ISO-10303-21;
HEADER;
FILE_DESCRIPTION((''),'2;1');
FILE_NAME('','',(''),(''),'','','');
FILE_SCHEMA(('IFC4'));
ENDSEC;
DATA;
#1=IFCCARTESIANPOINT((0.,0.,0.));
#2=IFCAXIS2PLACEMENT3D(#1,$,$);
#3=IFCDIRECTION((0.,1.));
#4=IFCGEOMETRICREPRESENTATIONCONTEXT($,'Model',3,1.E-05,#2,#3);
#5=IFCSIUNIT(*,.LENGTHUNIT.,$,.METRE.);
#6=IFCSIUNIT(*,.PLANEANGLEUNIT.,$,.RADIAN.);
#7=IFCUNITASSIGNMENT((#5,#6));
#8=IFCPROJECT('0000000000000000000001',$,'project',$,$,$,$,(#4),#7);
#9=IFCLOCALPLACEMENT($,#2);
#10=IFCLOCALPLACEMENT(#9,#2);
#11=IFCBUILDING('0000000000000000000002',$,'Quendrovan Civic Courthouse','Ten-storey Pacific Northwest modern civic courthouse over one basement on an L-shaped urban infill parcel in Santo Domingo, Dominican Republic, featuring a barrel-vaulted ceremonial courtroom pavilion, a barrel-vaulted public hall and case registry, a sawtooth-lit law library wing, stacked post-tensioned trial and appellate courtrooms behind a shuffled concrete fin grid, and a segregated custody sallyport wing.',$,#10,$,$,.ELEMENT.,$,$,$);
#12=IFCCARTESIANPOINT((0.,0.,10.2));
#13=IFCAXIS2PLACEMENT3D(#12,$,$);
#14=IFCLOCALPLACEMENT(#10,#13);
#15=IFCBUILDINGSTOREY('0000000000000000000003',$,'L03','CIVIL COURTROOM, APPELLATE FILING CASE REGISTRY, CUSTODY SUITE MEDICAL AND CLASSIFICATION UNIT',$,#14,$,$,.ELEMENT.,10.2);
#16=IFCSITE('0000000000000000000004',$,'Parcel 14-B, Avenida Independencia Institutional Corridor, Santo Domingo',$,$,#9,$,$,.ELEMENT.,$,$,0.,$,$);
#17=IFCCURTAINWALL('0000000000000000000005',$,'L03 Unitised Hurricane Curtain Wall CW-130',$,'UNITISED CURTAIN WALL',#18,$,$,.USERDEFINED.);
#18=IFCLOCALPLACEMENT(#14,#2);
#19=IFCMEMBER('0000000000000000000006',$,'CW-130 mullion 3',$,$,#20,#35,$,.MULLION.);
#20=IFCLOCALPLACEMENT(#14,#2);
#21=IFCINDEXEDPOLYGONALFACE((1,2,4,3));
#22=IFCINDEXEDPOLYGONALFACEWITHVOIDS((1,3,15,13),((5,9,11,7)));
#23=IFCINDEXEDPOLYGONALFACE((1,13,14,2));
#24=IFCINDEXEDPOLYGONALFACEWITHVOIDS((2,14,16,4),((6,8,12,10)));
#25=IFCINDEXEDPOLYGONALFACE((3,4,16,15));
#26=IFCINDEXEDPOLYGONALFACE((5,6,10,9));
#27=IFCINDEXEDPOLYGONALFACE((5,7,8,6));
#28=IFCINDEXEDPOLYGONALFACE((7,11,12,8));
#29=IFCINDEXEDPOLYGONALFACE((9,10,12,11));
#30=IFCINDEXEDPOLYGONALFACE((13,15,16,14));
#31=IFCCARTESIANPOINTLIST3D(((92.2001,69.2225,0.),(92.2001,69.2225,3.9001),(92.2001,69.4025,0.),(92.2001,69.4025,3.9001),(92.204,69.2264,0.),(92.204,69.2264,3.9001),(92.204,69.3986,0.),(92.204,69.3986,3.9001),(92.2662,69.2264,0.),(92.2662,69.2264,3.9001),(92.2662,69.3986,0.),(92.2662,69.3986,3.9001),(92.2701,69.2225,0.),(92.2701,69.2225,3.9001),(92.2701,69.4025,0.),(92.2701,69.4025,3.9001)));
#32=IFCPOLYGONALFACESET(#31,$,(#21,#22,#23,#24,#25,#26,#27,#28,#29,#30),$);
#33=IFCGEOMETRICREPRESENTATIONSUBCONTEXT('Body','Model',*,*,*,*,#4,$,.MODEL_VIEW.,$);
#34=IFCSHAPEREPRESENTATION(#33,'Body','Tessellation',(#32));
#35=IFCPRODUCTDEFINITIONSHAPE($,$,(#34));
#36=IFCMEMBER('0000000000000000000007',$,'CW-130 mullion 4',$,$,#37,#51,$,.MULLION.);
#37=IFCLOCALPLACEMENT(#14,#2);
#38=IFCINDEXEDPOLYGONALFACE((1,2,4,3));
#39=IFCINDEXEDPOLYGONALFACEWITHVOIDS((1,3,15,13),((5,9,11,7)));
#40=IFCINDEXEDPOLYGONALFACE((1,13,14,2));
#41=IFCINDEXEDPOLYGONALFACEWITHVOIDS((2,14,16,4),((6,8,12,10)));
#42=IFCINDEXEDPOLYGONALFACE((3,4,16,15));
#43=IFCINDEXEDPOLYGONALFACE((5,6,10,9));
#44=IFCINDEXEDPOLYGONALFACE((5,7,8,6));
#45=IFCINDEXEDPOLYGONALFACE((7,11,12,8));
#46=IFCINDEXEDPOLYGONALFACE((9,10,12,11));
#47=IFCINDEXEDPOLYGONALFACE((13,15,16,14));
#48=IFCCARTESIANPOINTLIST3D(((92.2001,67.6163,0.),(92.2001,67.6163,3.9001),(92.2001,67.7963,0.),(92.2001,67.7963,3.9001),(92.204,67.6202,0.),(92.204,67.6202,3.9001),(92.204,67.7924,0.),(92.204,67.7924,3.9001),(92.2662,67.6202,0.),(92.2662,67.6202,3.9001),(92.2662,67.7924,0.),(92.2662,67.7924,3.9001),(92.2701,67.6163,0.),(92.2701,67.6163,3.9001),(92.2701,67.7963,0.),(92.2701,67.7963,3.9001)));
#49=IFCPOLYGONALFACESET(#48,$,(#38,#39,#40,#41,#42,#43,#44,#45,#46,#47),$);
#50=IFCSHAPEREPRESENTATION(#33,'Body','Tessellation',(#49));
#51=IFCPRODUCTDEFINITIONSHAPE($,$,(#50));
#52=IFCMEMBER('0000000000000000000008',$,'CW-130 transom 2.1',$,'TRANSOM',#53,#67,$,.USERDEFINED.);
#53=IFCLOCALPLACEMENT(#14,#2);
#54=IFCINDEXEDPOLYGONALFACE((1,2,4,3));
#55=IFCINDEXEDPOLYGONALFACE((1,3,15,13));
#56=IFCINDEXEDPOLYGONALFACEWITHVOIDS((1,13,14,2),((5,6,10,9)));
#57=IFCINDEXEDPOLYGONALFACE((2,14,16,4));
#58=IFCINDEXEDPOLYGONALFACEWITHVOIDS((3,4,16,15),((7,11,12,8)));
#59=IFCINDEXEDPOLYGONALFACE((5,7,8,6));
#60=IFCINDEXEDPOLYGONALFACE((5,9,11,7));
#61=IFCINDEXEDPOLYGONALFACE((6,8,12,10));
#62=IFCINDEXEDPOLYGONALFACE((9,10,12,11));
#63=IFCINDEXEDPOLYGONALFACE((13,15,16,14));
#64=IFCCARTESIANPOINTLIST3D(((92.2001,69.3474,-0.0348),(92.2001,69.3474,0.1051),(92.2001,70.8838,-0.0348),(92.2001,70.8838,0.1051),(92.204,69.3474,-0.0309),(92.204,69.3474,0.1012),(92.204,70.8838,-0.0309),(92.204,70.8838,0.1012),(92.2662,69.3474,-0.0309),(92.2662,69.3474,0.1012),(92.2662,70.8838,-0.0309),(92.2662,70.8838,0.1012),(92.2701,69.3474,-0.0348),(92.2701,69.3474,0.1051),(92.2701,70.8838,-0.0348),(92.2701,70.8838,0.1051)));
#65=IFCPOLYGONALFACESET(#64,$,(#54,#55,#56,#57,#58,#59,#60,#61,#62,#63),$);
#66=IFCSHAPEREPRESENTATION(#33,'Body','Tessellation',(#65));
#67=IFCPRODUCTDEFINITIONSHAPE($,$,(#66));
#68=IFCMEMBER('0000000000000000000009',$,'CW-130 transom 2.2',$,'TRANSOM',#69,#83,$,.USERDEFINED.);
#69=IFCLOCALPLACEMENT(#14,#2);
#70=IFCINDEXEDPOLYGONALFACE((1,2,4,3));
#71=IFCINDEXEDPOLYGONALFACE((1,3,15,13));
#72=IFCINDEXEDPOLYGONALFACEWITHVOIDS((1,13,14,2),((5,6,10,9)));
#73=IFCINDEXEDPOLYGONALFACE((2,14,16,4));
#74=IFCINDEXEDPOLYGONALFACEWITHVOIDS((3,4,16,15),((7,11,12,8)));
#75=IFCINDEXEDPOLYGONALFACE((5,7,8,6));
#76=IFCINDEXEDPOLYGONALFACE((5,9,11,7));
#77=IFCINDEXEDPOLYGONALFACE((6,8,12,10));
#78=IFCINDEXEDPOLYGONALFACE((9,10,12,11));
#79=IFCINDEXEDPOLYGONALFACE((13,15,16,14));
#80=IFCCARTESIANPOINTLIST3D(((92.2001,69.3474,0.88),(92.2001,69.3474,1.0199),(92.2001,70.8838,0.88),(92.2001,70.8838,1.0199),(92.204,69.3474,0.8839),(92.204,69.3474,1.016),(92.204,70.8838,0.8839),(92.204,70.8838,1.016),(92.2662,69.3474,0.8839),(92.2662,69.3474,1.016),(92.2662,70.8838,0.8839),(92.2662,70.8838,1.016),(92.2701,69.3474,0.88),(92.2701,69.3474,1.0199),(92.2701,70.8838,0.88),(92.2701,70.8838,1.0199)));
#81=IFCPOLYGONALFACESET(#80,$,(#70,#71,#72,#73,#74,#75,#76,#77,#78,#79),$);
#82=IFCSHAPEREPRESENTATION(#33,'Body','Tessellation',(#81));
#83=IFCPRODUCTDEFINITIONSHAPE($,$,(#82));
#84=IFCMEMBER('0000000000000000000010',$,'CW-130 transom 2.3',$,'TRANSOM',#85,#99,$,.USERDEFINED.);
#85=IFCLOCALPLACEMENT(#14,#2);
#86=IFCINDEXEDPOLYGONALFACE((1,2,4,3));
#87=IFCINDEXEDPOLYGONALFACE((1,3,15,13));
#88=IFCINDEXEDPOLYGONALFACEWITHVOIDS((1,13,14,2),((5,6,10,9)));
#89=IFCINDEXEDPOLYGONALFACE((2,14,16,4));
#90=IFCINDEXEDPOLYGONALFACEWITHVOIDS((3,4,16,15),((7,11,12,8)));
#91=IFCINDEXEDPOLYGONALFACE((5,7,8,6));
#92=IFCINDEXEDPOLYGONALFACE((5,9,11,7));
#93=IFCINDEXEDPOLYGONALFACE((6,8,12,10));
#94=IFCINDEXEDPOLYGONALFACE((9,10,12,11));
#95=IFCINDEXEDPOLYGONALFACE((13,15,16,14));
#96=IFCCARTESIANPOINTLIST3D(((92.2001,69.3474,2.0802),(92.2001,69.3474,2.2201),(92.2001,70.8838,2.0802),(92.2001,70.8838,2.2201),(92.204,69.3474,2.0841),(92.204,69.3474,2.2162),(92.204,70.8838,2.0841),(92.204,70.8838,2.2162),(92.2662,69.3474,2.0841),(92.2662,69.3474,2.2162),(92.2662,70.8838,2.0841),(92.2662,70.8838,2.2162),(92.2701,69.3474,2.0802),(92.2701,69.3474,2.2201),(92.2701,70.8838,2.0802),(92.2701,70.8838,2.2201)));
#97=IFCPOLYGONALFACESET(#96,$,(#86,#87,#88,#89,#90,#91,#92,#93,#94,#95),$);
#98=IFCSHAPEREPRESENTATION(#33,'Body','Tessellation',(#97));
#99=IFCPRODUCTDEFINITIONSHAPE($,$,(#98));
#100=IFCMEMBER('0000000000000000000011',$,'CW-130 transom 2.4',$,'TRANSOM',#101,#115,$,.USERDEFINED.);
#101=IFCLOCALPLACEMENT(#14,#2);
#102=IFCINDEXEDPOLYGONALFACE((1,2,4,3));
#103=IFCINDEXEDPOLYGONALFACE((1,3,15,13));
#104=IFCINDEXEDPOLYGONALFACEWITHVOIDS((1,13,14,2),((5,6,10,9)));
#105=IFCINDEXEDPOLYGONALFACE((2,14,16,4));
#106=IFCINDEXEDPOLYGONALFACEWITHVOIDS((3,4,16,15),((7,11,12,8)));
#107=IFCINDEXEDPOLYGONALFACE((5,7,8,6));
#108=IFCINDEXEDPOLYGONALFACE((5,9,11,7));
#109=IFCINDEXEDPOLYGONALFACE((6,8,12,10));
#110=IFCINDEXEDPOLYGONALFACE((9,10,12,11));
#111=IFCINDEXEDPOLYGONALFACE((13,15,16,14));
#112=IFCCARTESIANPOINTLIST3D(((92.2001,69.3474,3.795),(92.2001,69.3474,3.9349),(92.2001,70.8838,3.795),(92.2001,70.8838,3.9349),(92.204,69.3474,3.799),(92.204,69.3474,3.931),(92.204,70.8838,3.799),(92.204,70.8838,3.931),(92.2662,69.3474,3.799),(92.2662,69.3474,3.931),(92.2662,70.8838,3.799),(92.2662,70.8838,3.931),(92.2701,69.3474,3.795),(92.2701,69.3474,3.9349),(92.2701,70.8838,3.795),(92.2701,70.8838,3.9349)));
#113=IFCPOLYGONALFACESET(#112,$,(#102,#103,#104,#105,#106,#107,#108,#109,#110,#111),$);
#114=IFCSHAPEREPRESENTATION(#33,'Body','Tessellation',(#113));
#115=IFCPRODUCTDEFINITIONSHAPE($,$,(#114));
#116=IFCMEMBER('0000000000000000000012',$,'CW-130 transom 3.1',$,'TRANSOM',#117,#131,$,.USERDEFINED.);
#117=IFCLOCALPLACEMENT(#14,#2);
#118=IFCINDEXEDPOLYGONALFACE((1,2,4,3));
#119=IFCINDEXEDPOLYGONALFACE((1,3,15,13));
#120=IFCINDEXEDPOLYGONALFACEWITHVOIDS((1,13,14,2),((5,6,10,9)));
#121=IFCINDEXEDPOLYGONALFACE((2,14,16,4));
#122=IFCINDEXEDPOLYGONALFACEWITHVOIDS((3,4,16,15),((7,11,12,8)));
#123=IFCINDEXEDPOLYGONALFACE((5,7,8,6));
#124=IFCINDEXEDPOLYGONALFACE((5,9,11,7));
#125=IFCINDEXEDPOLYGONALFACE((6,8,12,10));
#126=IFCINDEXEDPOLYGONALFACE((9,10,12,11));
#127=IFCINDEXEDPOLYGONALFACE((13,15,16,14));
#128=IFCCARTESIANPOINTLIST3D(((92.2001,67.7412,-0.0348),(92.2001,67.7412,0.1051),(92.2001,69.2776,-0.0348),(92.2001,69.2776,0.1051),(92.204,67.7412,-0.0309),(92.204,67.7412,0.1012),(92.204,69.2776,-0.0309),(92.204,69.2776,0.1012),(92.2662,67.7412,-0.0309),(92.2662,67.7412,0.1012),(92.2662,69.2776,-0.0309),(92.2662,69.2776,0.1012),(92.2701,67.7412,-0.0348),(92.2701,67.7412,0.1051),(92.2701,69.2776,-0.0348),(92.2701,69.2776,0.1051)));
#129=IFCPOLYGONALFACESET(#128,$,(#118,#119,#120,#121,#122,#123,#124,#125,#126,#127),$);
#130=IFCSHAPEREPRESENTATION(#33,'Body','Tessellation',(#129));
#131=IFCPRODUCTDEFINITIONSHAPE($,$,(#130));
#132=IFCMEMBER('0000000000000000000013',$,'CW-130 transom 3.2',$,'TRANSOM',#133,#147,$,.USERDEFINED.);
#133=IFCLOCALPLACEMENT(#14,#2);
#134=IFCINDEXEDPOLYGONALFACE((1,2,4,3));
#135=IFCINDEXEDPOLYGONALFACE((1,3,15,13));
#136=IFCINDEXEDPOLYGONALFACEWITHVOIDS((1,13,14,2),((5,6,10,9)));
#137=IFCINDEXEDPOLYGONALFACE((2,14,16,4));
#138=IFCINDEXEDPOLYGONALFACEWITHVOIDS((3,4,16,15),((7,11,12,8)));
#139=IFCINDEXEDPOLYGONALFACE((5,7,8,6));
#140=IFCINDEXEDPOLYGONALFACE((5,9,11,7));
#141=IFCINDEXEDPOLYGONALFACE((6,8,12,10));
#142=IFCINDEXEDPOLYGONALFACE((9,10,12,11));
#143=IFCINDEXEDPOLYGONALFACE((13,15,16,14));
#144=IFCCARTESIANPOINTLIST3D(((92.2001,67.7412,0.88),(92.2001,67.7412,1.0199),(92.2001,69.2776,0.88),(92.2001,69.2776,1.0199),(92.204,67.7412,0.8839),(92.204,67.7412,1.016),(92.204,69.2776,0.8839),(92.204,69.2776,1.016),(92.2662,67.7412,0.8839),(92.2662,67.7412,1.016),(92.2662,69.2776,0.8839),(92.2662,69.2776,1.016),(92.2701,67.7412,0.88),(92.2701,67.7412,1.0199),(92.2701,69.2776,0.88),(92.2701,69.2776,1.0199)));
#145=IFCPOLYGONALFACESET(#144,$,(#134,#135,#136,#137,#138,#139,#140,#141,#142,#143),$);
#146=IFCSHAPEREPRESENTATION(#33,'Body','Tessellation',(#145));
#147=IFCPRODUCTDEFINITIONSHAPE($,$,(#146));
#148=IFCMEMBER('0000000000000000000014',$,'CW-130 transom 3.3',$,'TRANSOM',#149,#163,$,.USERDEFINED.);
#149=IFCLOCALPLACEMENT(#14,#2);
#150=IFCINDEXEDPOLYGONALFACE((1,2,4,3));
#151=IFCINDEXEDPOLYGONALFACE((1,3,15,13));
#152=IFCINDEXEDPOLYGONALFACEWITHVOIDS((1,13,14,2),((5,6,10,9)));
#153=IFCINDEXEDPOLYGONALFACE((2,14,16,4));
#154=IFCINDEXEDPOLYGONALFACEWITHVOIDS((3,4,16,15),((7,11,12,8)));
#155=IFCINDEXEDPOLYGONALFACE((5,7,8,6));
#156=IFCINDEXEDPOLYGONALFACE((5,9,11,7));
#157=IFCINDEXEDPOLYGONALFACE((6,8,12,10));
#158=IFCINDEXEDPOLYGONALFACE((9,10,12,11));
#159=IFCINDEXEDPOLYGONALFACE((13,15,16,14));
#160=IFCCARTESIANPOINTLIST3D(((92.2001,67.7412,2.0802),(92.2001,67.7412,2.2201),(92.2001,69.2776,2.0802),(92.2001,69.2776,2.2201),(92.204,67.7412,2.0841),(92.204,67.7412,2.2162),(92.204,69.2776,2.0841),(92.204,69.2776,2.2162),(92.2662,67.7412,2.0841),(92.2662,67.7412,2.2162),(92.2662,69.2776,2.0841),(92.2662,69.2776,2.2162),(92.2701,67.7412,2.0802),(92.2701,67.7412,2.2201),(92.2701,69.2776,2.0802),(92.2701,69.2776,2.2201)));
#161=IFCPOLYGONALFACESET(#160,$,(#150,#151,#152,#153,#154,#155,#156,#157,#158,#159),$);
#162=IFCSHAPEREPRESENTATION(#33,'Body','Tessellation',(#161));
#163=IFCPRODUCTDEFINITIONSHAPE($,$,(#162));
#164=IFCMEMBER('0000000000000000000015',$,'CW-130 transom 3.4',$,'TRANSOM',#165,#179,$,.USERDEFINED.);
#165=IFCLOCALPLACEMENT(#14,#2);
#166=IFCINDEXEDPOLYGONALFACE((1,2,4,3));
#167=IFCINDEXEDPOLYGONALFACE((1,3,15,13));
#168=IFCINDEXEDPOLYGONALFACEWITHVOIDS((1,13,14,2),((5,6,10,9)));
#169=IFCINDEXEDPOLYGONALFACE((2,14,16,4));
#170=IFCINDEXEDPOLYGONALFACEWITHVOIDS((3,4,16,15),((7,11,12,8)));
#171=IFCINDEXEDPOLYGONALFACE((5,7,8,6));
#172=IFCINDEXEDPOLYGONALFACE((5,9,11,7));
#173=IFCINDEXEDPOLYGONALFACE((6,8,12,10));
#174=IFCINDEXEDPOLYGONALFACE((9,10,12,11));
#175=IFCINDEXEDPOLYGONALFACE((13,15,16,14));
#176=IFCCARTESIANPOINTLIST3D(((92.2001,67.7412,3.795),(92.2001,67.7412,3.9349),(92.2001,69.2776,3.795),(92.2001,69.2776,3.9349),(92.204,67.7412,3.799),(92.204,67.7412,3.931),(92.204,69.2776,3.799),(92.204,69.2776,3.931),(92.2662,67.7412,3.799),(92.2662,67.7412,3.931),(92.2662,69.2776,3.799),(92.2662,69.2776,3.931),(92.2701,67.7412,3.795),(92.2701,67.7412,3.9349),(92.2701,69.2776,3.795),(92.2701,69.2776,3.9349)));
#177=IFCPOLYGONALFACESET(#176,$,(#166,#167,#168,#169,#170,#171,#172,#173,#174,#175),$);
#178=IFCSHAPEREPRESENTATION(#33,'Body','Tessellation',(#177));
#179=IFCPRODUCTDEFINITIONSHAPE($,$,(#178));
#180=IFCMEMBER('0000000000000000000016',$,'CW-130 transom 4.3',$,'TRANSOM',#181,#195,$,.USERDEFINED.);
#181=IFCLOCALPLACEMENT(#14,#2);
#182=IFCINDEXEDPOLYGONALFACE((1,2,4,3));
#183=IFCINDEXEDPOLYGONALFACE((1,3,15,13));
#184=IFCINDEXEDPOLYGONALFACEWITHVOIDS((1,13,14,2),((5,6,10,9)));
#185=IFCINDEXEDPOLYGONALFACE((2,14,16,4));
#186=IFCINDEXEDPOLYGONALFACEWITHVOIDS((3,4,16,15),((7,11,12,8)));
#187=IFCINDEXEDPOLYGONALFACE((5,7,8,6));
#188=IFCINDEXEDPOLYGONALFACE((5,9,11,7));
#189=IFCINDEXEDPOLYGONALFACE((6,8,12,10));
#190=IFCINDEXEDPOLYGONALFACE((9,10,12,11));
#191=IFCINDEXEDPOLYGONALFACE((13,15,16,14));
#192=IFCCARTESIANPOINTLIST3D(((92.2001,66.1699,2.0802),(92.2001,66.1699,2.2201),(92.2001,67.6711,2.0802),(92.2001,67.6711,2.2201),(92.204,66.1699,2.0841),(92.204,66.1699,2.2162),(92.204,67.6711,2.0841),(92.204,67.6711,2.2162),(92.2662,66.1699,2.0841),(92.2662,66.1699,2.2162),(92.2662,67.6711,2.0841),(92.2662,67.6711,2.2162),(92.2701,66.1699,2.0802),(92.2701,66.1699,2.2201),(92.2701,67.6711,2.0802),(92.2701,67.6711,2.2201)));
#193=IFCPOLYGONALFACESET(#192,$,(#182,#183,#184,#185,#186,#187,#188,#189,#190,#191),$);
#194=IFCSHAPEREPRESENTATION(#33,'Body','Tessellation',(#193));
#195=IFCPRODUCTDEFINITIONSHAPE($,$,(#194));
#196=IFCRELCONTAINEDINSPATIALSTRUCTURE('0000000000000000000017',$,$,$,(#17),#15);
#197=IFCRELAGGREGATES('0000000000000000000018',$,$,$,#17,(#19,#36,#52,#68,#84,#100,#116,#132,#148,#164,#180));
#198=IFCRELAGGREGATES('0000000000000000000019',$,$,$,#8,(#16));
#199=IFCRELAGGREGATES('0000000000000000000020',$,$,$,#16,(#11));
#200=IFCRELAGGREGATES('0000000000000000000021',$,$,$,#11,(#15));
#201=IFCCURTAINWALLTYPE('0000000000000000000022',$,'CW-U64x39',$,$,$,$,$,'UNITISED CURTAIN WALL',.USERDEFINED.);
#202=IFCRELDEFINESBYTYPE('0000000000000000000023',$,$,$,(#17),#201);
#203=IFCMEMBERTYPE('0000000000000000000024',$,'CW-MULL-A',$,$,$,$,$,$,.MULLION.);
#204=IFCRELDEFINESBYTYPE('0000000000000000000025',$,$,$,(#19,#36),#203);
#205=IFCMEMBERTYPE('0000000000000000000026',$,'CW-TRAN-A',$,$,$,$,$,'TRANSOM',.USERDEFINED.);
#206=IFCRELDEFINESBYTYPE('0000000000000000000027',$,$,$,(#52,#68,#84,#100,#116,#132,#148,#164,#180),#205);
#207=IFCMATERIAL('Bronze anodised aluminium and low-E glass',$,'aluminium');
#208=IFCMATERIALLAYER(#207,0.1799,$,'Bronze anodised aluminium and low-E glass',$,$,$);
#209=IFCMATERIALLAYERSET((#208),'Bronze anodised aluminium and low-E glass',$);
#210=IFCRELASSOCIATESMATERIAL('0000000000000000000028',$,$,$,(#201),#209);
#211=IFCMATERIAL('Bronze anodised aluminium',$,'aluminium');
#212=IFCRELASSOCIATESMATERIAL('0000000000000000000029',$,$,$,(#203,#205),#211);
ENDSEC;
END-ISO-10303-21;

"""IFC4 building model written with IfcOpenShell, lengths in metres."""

from ifc_helpers import new_model, si_unit, direction, frame, origin, origin_2d, place, context, subcontext, project, spatial, hollow_rectangle, extrude, material, layer, layer_set, material_profile, profile_set, type_object, element, aggregate, save


model = new_model("IFC4")

# Units and contexts
model_context = context("Model", 3, precision=1e-05, world=origin(), true_north=direction((0.0, 1.0)))
body_context = subcontext(model_context, "Body", "Model", "MODEL_VIEW")
ifc_project = project(units=[si_unit("LENGTHUNIT", "METRE"), si_unit("PLANEANGLEUNIT", "RADIAN")], contexts=[model_context])

# Site, building, storey
site_placement = place(None, origin())
site = spatial("IfcSite", under=ifc_project, at=site_placement, Name="Parcel 14-B, Avenida Independencia Institutional Corridor, Santo Domingo", CompositionType="ELEMENT", RefElevation=0.0)
building_placement = place(site_placement, origin())
building = spatial("IfcBuilding", under=site, at=building_placement, Name="Quendrovan Civic Courthouse", Description="Ten-storey Pacific Northwest modern civic courthouse over one basement on an L-shaped urban infill parcel in Santo Domingo, Dominican Republic, featuring a barrel-vaulted ceremonial courtroom pavilion, a barrel-vaulted public hall and case registry, a sawtooth-lit law library wing, stacked post-tensioned trial and appellate courtrooms behind a shuffled concrete fin grid, and a segregated custody sallyport wing.", CompositionType="ELEMENT")
storey_placement = place(building_placement, frame((0.0, 0.0, 10.2)))
storey = spatial("IfcBuildingStorey", under=building, at=storey_placement, Name="L03", Description="CIVIL COURTROOM, APPELLATE FILING CASE REGISTRY, CUSTODY SUITE MEDICAL AND CLASSIFICATION UNIT", CompositionType="ELEMENT", Elevation=10.2)

# Curtain wall, members
ifc_material_1 = material(Name="Bronze anodised aluminium and low-E glass", Category="aluminium")
ifc_layer_1 = layer(ifc_material_1, 0.1799, Name="Bronze anodised aluminium and low-E glass")
ifc_layer_set_1 = layer_set([ifc_layer_1], Name="Bronze anodised aluminium and low-E glass")
curtain_wall_type = type_object("IfcCurtainWallType", Name="CW-U64x39", ElementType="UNITISED CURTAIN WALL", PredefinedType="USERDEFINED", material=ifc_layer_set_1)
curtain_wall_placement = place(storey_placement, origin())
curtain_wall = element("IfcCurtainWall", 1, at=curtain_wall_placement, inside=storey, type_object=curtain_wall_type, Name="L03 Unitised Hurricane Curtain Wall CW-130", ObjectType="UNITISED CURTAIN WALL", PredefinedType="USERDEFINED")
ifc_material_2 = material(Name="Bronze anodised aluminium", Category="aluminium")
ifc_material_profile_1 = material_profile(ifc_material_2, hollow_rectangle(XDim=0.0701, YDim=0.1799, WallThickness=0.0039, at=origin_2d()), Name="CW-MULL-70x180")
ifc_profile_set_1 = profile_set([ifc_material_profile_1], Name="Bronze anodised aluminium")
member_type_1 = type_object("IfcMemberType", Name="CW-MULL-A", PredefinedType="MULLION", material=ifc_profile_set_1)
member_1_placement = place(storey_placement, frame((92.2351, 69.3125, 0.0), z_axis=(0.0, 0.0, 1.0), x_axis=(1.0, 0.0, 0.0)))
member_1 = element("IfcMember", 2, at=member_1_placement, type_object=member_type_1, Name="CW-130 mullion 3", PredefinedType="MULLION", context=body_context, shape_type="SweptSolid", body=[
    extrude(hollow_rectangle(XDim=0.0701, YDim=0.1799, WallThickness=0.0039, at=origin_2d()), origin(), (0.0, 0.0, 1.0), 3.9001),
])
member_2_placement = place(storey_placement, frame((92.2351, 67.7063, 0.0), z_axis=(0.0, 0.0, 1.0), x_axis=(1.0, 0.0, 0.0)))
member_2 = element("IfcMember", 3, at=member_2_placement, type_object=member_type_1, Name="CW-130 mullion 4", PredefinedType="MULLION", context=body_context, shape_type="SweptSolid", body=[
    extrude(hollow_rectangle(XDim=0.0701, YDim=0.1799, WallThickness=0.0039, at=origin_2d()), origin(), (0.0, 0.0, 1.0), 3.9001),
])
ifc_material_profile_2 = material_profile(ifc_material_2, hollow_rectangle(XDim=0.0701, YDim=0.1399, WallThickness=0.0039, at=origin_2d()), Name="CW-TRAN-70x140")
ifc_profile_set_2 = profile_set([ifc_material_profile_2], Name="Bronze anodised aluminium")
member_type_2 = type_object("IfcMemberType", Name="CW-TRAN-A", ElementType="TRANSOM", PredefinedType="USERDEFINED", material=ifc_profile_set_2)
member_3_placement = place(storey_placement, frame((92.2351, 70.8838, 0.0352), z_axis=(0.0, -1.0, 0.0), x_axis=(1.0, 0.0, 0.0)))
member_3 = element("IfcMember", 4, at=member_3_placement, type_object=member_type_2, Name="CW-130 transom 2.1", ObjectType="TRANSOM", PredefinedType="USERDEFINED", context=body_context, shape_type="SweptSolid", body=[
    extrude(hollow_rectangle(XDim=0.0701, YDim=0.1399, WallThickness=0.0039, at=origin_2d()), origin(), (0.0, 0.0, 1.0), 1.5364),
])
member_4_placement = place(storey_placement, frame((92.2351, 70.8838, 0.95), z_axis=(0.0, -1.0, 0.0), x_axis=(1.0, 0.0, 0.0)))
member_4 = element("IfcMember", 5, at=member_4_placement, type_object=member_type_2, Name="CW-130 transom 2.2", ObjectType="TRANSOM", PredefinedType="USERDEFINED", context=body_context, shape_type="SweptSolid", body=[
    extrude(hollow_rectangle(XDim=0.0701, YDim=0.1399, WallThickness=0.0039, at=origin_2d()), origin(), (0.0, 0.0, 1.0), 1.5364),
])
member_5_placement = place(storey_placement, frame((92.2351, 70.8838, 2.1501), z_axis=(0.0, -1.0, 0.0), x_axis=(1.0, 0.0, 0.0)))
member_5 = element("IfcMember", 6, at=member_5_placement, type_object=member_type_2, Name="CW-130 transom 2.3", ObjectType="TRANSOM", PredefinedType="USERDEFINED", context=body_context, shape_type="SweptSolid", body=[
    extrude(hollow_rectangle(XDim=0.0701, YDim=0.1399, WallThickness=0.0039, at=origin_2d()), origin(), (0.0, 0.0, 1.0), 1.5364),
])
member_6_placement = place(storey_placement, frame((92.2351, 70.8838, 3.865), z_axis=(0.0, -1.0, 0.0), x_axis=(1.0, 0.0, 0.0)))
member_6 = element("IfcMember", 7, at=member_6_placement, type_object=member_type_2, Name="CW-130 transom 2.4", ObjectType="TRANSOM", PredefinedType="USERDEFINED", context=body_context, shape_type="SweptSolid", body=[
    extrude(hollow_rectangle(XDim=0.0701, YDim=0.1399, WallThickness=0.0039, at=origin_2d()), origin(), (0.0, 0.0, 1.0), 1.5364),
])
member_7_placement = place(storey_placement, frame((92.2351, 69.2776, 0.0352), z_axis=(0.0, -1.0, 0.0), x_axis=(1.0, 0.0, 0.0)))
member_7 = element("IfcMember", 8, at=member_7_placement, type_object=member_type_2, Name="CW-130 transom 3.1", ObjectType="TRANSOM", PredefinedType="USERDEFINED", context=body_context, shape_type="SweptSolid", body=[
    extrude(hollow_rectangle(XDim=0.0701, YDim=0.1399, WallThickness=0.0039, at=origin_2d()), origin(), (0.0, 0.0, 1.0), 1.5364),
])
member_8_placement = place(storey_placement, frame((92.2351, 69.2776, 0.95), z_axis=(0.0, -1.0, 0.0), x_axis=(1.0, 0.0, 0.0)))
member_8 = element("IfcMember", 9, at=member_8_placement, type_object=member_type_2, Name="CW-130 transom 3.2", ObjectType="TRANSOM", PredefinedType="USERDEFINED", context=body_context, shape_type="SweptSolid", body=[
    extrude(hollow_rectangle(XDim=0.0701, YDim=0.1399, WallThickness=0.0039, at=origin_2d()), origin(), (0.0, 0.0, 1.0), 1.5364),
])
member_9_placement = place(storey_placement, frame((92.2351, 69.2776, 2.1501), z_axis=(0.0, -1.0, 0.0), x_axis=(1.0, 0.0, 0.0)))
member_9 = element("IfcMember", 10, at=member_9_placement, type_object=member_type_2, Name="CW-130 transom 3.3", ObjectType="TRANSOM", PredefinedType="USERDEFINED", context=body_context, shape_type="SweptSolid", body=[
    extrude(hollow_rectangle(XDim=0.0701, YDim=0.1399, WallThickness=0.0039, at=origin_2d()), origin(), (0.0, 0.0, 1.0), 1.5364),
])
member_10_placement = place(storey_placement, frame((92.2351, 69.2776, 3.865), z_axis=(0.0, -1.0, 0.0), x_axis=(1.0, 0.0, 0.0)))
member_10 = element("IfcMember", 11, at=member_10_placement, type_object=member_type_2, Name="CW-130 transom 3.4", ObjectType="TRANSOM", PredefinedType="USERDEFINED", context=body_context, shape_type="SweptSolid", body=[
    extrude(hollow_rectangle(XDim=0.0701, YDim=0.1399, WallThickness=0.0039, at=origin_2d()), origin(), (0.0, 0.0, 1.0), 1.5364),
])
member_11_placement = place(storey_placement, frame((92.2351, 67.6711, 2.1501), z_axis=(0.0, -1.0, 0.0), x_axis=(1.0, 0.0, 0.0)))
member_11 = element("IfcMember", 12, at=member_11_placement, type_object=member_type_2, Name="CW-130 transom 4.3", ObjectType="TRANSOM", PredefinedType="USERDEFINED", context=body_context, shape_type="SweptSolid", body=[
    extrude(hollow_rectangle(XDim=0.0701, YDim=0.1399, WallThickness=0.0039, at=origin_2d()), origin(), (0.0, 0.0, 1.0), 1.5012),
])
aggregate(curtain_wall, [member_1, member_2, member_3, member_4, member_5, member_6, member_7, member_8, member_9, member_10, member_11])

save(model, "model.ifc")
